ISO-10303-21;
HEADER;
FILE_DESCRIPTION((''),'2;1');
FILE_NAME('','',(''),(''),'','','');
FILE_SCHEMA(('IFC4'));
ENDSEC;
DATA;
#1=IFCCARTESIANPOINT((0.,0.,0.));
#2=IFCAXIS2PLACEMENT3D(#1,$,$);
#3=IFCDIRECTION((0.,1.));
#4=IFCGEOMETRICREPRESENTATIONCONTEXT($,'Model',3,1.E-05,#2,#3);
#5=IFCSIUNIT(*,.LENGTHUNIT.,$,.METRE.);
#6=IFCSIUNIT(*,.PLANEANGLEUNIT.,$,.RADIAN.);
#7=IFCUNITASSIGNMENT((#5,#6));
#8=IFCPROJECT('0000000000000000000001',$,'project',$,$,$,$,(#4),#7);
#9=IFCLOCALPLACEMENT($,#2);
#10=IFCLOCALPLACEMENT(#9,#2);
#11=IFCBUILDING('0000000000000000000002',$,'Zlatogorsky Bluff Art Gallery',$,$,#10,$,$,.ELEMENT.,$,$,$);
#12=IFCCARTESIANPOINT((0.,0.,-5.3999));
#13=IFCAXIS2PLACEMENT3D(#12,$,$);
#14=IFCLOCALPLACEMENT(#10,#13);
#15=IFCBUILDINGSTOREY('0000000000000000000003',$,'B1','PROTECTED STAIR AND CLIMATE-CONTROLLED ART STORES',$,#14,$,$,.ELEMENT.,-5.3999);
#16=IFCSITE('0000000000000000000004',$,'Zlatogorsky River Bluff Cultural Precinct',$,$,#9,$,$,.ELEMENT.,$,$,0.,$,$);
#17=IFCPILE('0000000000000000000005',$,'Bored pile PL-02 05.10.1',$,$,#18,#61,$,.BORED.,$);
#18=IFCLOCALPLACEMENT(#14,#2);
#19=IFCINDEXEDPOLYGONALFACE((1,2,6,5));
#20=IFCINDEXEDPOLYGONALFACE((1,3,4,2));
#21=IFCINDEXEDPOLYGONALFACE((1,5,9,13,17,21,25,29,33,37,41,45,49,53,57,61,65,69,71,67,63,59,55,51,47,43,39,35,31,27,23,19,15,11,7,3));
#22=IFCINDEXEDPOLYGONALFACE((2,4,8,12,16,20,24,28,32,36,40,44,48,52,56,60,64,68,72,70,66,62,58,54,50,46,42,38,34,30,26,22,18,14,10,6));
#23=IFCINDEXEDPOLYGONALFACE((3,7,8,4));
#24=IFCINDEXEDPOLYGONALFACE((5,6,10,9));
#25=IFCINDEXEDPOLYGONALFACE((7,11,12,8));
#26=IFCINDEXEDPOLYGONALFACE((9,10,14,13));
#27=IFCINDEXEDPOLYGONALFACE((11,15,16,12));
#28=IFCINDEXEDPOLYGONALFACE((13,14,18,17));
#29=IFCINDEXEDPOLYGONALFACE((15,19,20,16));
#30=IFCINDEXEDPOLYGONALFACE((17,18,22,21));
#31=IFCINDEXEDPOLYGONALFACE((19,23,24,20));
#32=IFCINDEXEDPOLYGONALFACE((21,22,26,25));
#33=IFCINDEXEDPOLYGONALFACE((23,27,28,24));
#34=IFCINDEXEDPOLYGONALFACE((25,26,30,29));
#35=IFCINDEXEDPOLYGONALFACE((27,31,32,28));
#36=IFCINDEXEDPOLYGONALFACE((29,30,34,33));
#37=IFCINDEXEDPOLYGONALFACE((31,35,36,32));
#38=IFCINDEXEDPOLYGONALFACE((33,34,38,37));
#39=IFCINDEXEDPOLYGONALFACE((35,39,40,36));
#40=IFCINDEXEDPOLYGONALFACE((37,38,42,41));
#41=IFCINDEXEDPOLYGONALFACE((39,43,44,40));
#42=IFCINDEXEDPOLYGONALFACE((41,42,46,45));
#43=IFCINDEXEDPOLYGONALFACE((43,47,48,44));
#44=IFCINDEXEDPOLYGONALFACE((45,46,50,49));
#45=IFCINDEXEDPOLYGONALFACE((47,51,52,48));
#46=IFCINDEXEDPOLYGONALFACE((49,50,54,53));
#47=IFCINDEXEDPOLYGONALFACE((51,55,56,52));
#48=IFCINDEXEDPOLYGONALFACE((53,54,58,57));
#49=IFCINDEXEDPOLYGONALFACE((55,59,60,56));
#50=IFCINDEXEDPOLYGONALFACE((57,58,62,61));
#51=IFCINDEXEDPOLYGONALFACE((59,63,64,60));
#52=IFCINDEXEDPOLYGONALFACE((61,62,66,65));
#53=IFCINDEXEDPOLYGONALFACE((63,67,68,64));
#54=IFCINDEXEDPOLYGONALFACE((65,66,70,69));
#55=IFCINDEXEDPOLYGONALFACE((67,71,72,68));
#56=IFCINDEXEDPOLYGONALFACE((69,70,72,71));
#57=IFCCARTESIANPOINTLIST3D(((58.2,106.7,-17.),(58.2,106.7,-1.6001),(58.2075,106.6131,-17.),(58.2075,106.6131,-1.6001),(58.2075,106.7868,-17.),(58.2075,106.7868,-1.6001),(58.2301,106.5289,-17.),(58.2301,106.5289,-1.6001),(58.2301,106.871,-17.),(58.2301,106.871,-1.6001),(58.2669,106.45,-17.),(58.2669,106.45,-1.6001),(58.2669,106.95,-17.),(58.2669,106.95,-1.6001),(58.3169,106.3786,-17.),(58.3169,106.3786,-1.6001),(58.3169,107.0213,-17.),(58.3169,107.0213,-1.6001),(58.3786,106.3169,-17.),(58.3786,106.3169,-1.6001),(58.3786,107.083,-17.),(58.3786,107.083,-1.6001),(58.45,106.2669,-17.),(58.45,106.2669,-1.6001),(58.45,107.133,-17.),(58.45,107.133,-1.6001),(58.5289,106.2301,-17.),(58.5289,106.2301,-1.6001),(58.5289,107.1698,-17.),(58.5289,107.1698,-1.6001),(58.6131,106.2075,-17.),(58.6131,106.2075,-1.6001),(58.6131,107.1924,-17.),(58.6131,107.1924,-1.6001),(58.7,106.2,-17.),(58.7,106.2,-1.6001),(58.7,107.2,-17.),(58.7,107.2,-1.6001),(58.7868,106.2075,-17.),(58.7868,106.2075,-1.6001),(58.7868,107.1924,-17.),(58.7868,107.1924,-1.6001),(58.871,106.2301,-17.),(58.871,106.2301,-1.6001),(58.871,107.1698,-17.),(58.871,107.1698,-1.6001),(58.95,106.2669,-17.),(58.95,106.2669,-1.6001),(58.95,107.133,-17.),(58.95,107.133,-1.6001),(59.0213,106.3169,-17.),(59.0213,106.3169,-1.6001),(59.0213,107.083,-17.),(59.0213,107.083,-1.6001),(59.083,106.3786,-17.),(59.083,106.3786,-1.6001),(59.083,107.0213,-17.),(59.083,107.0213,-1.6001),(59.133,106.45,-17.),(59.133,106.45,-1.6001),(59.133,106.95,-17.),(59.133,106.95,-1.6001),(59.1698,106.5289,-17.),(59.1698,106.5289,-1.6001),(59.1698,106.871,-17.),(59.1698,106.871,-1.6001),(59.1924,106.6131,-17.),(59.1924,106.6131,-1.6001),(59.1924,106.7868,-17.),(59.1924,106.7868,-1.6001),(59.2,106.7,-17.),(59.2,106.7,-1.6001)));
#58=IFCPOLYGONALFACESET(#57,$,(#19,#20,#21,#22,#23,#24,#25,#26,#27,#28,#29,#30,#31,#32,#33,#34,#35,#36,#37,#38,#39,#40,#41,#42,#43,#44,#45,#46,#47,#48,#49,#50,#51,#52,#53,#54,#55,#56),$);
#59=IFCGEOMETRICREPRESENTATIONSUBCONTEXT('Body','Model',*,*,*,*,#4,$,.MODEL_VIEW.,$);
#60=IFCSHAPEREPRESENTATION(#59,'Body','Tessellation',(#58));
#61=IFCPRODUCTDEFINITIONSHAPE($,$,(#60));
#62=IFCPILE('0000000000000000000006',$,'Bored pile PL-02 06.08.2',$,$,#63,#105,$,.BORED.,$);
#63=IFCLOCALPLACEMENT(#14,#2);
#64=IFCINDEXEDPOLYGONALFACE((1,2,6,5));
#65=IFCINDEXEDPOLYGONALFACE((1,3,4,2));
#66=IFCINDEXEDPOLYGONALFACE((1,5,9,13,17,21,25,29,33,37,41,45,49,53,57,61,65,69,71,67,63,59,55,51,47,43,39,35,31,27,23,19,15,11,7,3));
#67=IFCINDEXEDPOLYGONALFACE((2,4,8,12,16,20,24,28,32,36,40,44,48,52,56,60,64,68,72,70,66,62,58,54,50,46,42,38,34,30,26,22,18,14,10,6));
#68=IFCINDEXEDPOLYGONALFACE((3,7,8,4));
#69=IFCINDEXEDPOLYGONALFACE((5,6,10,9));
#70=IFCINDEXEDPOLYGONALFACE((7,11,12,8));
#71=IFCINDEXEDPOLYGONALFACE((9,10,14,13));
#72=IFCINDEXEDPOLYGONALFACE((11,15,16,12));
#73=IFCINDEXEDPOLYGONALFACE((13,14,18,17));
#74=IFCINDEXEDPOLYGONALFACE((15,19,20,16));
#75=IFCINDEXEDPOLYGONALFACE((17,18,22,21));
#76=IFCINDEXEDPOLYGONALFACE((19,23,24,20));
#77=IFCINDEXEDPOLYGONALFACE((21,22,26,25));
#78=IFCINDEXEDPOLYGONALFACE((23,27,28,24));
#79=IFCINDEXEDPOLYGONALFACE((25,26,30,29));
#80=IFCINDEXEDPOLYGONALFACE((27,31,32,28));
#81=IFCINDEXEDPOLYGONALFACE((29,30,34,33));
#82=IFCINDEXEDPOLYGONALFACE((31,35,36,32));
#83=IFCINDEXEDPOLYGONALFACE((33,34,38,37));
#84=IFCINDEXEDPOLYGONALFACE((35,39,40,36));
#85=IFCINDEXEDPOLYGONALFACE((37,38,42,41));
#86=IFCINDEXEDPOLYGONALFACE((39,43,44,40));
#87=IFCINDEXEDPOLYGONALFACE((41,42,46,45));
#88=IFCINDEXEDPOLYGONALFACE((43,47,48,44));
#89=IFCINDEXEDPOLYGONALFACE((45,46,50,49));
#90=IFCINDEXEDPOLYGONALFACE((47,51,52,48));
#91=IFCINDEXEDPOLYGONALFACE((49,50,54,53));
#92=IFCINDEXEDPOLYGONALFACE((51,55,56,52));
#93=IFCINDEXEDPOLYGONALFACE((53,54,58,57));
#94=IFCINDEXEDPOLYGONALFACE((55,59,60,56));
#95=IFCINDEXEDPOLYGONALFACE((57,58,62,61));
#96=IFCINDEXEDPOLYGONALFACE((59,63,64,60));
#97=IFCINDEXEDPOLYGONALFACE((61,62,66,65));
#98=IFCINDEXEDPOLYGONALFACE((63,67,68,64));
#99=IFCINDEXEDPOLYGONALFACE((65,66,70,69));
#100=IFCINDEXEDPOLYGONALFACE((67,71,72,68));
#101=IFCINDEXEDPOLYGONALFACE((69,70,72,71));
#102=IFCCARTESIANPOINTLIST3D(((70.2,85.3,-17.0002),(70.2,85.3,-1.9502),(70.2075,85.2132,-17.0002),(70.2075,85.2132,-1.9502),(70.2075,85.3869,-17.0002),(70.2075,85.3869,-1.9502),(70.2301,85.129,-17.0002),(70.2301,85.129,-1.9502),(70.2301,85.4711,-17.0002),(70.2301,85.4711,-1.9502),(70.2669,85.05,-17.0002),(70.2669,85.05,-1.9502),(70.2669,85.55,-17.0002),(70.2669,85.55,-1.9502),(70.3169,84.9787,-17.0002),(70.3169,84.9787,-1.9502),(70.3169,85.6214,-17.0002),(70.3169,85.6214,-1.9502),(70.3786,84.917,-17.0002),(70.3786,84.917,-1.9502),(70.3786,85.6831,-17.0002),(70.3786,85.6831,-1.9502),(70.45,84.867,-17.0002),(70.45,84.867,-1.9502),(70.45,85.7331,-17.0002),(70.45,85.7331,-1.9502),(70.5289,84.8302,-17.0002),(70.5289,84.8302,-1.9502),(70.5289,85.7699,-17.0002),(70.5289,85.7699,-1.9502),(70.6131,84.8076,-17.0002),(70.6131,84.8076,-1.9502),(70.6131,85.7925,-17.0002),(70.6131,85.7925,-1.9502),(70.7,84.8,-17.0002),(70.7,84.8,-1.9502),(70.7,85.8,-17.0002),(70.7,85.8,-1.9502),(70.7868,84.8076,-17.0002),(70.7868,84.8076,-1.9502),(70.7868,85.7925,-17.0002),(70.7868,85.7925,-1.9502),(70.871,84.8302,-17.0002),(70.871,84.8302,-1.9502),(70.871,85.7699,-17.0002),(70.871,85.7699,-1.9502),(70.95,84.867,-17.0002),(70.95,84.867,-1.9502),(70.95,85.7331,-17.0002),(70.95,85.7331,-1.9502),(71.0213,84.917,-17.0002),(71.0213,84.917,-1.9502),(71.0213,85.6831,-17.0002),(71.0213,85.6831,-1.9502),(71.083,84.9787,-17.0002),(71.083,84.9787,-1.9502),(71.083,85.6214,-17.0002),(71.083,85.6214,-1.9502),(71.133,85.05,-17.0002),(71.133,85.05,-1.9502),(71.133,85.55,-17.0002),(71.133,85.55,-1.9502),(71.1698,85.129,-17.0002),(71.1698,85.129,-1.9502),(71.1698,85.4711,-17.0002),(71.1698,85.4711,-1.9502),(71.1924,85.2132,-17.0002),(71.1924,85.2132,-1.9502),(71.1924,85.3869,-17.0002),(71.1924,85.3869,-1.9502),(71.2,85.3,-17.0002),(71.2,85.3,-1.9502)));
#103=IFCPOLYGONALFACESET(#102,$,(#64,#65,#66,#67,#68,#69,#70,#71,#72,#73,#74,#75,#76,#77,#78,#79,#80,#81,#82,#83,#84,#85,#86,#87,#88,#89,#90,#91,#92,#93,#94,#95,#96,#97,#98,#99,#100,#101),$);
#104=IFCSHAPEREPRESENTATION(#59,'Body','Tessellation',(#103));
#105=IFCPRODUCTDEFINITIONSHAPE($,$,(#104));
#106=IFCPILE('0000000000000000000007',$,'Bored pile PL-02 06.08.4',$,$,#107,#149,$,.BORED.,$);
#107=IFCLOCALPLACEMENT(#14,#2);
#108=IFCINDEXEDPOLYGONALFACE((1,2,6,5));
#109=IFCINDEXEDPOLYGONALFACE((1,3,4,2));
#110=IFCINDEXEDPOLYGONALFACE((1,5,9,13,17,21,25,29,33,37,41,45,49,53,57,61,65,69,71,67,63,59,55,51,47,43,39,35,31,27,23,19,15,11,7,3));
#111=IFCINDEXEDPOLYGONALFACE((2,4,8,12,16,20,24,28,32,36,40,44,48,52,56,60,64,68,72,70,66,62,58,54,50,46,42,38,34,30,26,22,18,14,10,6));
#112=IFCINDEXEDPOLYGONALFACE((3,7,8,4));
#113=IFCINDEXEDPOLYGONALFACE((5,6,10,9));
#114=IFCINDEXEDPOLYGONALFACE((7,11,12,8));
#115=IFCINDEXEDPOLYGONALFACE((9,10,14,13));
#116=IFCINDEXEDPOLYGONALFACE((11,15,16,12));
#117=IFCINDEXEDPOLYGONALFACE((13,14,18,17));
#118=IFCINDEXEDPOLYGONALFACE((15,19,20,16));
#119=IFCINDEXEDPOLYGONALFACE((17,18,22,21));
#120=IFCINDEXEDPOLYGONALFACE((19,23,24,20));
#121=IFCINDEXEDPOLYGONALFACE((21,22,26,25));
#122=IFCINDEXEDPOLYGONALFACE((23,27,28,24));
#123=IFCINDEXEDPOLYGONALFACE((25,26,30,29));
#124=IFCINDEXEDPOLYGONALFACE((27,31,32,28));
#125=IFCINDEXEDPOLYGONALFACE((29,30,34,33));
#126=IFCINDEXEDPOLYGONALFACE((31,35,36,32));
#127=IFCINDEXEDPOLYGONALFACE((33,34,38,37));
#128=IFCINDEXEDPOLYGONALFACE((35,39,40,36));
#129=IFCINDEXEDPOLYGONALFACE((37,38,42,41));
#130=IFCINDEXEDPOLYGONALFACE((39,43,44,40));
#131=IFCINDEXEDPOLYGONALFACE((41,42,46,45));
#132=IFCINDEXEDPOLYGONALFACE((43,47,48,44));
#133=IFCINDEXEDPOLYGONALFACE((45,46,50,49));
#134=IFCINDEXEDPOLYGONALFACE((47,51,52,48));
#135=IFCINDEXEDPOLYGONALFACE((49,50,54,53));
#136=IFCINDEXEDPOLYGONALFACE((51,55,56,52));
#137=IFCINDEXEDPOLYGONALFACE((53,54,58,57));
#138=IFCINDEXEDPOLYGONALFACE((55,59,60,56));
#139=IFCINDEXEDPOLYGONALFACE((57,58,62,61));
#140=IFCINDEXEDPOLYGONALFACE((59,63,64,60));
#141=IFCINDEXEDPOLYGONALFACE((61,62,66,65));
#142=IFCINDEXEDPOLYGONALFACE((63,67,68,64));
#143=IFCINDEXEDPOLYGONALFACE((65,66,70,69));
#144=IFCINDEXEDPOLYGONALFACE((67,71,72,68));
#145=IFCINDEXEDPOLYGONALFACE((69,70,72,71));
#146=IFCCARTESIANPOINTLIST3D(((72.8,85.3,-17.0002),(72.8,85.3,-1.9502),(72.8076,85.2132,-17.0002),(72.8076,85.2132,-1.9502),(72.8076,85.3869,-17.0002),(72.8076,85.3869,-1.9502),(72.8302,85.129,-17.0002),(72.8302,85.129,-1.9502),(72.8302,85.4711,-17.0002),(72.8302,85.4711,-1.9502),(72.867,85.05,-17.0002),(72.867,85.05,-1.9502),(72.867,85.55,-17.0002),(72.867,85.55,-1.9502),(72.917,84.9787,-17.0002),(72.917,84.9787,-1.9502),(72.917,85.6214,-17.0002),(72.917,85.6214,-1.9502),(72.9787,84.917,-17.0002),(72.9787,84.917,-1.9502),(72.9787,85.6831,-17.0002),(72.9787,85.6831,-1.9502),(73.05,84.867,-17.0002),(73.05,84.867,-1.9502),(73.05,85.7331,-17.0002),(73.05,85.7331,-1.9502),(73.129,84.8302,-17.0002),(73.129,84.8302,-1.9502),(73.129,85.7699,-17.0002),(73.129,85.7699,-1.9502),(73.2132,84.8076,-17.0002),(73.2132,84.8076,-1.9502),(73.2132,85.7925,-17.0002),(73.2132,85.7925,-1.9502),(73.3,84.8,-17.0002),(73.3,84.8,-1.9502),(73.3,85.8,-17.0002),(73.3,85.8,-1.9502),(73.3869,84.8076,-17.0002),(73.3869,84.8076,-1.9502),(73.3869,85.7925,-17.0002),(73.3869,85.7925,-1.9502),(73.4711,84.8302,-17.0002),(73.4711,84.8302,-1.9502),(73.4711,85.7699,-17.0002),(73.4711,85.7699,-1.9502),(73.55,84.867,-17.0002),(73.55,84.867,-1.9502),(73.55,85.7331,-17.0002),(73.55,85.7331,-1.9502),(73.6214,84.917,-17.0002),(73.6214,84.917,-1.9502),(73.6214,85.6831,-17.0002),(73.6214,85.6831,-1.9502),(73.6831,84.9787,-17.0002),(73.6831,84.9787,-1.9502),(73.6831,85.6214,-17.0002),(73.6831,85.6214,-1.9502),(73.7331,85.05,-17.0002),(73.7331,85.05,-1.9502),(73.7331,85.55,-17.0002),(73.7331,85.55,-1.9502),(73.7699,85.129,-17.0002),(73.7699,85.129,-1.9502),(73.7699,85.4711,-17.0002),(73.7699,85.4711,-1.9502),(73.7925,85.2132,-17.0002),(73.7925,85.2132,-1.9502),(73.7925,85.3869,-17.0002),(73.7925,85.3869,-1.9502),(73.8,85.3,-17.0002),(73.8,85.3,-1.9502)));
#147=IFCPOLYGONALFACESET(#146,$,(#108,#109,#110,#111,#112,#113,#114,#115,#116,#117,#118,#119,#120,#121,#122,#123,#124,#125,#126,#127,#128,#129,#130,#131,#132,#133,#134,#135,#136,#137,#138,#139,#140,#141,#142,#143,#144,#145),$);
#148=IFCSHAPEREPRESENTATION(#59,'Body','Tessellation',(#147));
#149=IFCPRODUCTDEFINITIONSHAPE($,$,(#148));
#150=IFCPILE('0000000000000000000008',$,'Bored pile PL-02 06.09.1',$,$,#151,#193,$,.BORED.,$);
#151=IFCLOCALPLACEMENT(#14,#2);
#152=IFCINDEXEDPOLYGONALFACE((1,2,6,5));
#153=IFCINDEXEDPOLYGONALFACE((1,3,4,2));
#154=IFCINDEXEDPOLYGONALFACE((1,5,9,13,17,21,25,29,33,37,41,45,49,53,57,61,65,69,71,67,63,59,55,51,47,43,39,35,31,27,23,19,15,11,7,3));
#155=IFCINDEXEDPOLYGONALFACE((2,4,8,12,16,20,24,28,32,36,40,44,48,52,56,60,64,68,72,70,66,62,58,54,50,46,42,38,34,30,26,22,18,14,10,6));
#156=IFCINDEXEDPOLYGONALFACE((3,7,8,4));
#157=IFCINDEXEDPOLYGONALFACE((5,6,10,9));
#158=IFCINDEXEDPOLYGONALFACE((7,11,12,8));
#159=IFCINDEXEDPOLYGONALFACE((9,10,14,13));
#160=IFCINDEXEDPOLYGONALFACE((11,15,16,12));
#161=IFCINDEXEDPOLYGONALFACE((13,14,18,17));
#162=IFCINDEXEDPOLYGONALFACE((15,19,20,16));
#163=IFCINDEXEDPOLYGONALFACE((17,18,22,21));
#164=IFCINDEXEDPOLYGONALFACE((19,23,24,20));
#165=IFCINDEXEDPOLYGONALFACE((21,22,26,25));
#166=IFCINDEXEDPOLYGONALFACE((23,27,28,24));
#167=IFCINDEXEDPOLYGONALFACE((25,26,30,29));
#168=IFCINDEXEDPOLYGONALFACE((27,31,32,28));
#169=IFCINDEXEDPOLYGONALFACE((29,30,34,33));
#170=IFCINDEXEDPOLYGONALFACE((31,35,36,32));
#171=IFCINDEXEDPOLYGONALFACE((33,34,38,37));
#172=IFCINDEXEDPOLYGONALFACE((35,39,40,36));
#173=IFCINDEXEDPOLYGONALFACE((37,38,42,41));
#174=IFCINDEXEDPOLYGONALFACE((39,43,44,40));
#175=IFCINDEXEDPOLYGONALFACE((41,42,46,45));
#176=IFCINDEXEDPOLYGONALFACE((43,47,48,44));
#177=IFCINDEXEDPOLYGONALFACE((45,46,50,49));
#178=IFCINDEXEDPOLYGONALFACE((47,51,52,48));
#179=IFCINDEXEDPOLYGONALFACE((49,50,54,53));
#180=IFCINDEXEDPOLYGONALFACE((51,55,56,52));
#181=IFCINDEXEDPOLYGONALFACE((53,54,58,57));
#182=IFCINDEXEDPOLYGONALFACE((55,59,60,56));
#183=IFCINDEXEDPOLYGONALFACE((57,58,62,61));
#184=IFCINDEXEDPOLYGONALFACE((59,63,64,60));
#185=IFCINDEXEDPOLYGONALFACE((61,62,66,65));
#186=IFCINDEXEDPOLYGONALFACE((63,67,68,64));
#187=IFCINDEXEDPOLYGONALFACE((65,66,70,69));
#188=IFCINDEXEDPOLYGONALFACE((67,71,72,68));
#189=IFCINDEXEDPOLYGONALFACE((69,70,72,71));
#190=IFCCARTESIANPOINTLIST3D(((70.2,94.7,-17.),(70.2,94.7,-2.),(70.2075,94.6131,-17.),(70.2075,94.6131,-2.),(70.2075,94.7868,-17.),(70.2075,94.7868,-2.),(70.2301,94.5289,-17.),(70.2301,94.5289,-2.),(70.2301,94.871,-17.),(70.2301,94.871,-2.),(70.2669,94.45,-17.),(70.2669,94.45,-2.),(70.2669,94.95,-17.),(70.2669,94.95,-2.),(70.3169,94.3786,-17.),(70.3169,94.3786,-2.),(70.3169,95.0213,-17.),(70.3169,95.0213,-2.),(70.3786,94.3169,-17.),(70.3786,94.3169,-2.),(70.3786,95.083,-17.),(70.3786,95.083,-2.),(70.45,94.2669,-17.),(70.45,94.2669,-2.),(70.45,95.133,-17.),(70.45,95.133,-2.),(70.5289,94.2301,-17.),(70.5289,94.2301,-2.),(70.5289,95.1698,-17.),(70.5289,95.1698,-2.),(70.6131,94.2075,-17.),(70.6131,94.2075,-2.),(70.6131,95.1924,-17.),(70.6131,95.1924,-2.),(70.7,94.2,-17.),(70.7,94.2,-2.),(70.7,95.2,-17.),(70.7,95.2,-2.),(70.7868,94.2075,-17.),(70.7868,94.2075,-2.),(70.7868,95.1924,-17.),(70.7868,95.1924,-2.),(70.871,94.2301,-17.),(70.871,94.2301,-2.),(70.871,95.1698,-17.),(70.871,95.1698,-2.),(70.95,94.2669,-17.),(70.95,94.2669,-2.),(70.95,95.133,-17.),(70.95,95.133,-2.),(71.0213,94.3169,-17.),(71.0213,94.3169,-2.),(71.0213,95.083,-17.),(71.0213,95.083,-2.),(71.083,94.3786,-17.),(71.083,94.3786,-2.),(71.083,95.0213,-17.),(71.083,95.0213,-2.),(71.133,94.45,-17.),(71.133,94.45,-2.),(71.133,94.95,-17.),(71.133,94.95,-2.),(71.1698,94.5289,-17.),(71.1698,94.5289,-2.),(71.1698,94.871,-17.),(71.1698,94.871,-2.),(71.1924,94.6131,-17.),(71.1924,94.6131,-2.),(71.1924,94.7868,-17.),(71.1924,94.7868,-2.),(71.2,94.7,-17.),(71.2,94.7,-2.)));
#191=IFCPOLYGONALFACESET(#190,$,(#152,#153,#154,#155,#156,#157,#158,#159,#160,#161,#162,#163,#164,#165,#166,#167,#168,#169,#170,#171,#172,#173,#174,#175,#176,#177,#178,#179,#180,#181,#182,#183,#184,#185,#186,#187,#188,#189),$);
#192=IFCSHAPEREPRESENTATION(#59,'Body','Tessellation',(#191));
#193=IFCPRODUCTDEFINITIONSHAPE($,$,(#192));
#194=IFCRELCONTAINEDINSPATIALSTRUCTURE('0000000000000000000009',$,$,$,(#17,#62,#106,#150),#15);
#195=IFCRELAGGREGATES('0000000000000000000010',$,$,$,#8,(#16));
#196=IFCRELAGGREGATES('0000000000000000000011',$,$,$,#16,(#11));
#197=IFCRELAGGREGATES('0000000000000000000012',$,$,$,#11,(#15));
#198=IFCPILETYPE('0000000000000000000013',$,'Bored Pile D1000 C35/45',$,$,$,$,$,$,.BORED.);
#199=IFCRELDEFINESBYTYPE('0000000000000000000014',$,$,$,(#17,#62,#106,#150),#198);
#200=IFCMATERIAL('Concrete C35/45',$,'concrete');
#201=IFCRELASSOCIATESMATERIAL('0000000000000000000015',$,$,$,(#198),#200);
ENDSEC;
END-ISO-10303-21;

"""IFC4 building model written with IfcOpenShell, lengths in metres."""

from ifc_helpers import new_model, si_unit, direction, frame, origin, origin_2d, place, context, subcontext, project, spatial, circle, extrude, material, material_profile, profile_set, type_object, element, save


model = new_model("IFC4")

# Units and contexts
model_context = context("Model", 3, precision=1e-05, world=origin(), true_north=direction((0.0, 1.0)))
body_context = subcontext(model_context, "Body", "Model", "MODEL_VIEW")
ifc_project = project(units=[si_unit("LENGTHUNIT", "METRE"), si_unit("PLANEANGLEUNIT", "RADIAN")], contexts=[model_context])

# Site, building, storey
site_placement = place(None, origin())
site = spatial("IfcSite", under=ifc_project, at=site_placement, Name="Zlatogorsky River Bluff Cultural Precinct", CompositionType="ELEMENT", RefElevation=0.0)
building_placement = place(site_placement, origin())
building = spatial("IfcBuilding", under=site, at=building_placement, Name="Zlatogorsky Bluff Art Gallery", CompositionType="ELEMENT")
storey_placement = place(building_placement, frame((0.0, 0.0, -5.3999)))
storey = spatial("IfcBuildingStorey", under=building, at=storey_placement, Name="B1", Description="PROTECTED STAIR AND CLIMATE-CONTROLLED ART STORES", CompositionType="ELEMENT", Elevation=-5.3999)

# Piles
ifc_material_1 = material(Name="Concrete C35/45", Category="concrete")
ifc_material_profile_1 = material_profile(ifc_material_1, circle(Radius=0.5, at=origin_2d()), Name="BORED PILE D1000")
ifc_profile_set_1 = profile_set([ifc_material_profile_1], Name="Concrete C35/45")
pile_type = type_object("IfcPileType", Name="Bored Pile D1000 C35/45", PredefinedType="BORED", material=ifc_profile_set_1)
pile_1_placement = place(storey_placement, frame((58.7, 106.7, -1.6001), z_axis=(0.0, 0.0, -1.0), x_axis=(1.0, 0.0, 0.0)))
element("IfcPile", 1, at=pile_1_placement, inside=storey, type_object=pile_type, Name="Bored pile PL-02 05.10.1", PredefinedType="BORED", context=body_context, shape_type="SweptSolid", body=[
    extrude(circle(Radius=0.5, at=origin_2d()), origin(), (0.0, 0.0, 1.0), 15.3999),
])
for number, where, z_axis, x_axis, name in (
    (2, (70.7, 85.3, -1.9502), (0.0, 0.0, -1.0), (1.0, 0.0, 0.0), "Bored pile PL-02 06.08.2"),
    (3, (73.3, 85.3, -1.9502), (0.0, 0.0, -1.0), (1.0, 0.0, 0.0), "Bored pile PL-02 06.08.4"),
):
    element("IfcPile", number, at=place(storey_placement, frame(where, z_axis=z_axis, x_axis=x_axis)), inside=storey, type_object=pile_type, Name=name, PredefinedType="BORED", context=body_context, shape_type="SweptSolid", body=[
        extrude(circle(Radius=0.5, at=origin_2d()), origin(), (0.0, 0.0, 1.0), 15.05),
    ])
for number, where, z_axis, x_axis, name in (
    (4, (70.7, 94.7, -2.0), (0.0, 0.0, -1.0), (1.0, 0.0, 0.0), "Bored pile PL-02 06.09.1"),
):
    element("IfcPile", number, at=place(storey_placement, frame(where, z_axis=z_axis, x_axis=x_axis)), inside=storey, type_object=pile_type, Name=name, PredefinedType="BORED", context=body_context, shape_type="SweptSolid", body=[
        extrude(circle(Radius=0.5, at=origin_2d()), origin(), (0.0, 0.0, 1.0), 15.0),
    ])

save(model, "model.ifc")
